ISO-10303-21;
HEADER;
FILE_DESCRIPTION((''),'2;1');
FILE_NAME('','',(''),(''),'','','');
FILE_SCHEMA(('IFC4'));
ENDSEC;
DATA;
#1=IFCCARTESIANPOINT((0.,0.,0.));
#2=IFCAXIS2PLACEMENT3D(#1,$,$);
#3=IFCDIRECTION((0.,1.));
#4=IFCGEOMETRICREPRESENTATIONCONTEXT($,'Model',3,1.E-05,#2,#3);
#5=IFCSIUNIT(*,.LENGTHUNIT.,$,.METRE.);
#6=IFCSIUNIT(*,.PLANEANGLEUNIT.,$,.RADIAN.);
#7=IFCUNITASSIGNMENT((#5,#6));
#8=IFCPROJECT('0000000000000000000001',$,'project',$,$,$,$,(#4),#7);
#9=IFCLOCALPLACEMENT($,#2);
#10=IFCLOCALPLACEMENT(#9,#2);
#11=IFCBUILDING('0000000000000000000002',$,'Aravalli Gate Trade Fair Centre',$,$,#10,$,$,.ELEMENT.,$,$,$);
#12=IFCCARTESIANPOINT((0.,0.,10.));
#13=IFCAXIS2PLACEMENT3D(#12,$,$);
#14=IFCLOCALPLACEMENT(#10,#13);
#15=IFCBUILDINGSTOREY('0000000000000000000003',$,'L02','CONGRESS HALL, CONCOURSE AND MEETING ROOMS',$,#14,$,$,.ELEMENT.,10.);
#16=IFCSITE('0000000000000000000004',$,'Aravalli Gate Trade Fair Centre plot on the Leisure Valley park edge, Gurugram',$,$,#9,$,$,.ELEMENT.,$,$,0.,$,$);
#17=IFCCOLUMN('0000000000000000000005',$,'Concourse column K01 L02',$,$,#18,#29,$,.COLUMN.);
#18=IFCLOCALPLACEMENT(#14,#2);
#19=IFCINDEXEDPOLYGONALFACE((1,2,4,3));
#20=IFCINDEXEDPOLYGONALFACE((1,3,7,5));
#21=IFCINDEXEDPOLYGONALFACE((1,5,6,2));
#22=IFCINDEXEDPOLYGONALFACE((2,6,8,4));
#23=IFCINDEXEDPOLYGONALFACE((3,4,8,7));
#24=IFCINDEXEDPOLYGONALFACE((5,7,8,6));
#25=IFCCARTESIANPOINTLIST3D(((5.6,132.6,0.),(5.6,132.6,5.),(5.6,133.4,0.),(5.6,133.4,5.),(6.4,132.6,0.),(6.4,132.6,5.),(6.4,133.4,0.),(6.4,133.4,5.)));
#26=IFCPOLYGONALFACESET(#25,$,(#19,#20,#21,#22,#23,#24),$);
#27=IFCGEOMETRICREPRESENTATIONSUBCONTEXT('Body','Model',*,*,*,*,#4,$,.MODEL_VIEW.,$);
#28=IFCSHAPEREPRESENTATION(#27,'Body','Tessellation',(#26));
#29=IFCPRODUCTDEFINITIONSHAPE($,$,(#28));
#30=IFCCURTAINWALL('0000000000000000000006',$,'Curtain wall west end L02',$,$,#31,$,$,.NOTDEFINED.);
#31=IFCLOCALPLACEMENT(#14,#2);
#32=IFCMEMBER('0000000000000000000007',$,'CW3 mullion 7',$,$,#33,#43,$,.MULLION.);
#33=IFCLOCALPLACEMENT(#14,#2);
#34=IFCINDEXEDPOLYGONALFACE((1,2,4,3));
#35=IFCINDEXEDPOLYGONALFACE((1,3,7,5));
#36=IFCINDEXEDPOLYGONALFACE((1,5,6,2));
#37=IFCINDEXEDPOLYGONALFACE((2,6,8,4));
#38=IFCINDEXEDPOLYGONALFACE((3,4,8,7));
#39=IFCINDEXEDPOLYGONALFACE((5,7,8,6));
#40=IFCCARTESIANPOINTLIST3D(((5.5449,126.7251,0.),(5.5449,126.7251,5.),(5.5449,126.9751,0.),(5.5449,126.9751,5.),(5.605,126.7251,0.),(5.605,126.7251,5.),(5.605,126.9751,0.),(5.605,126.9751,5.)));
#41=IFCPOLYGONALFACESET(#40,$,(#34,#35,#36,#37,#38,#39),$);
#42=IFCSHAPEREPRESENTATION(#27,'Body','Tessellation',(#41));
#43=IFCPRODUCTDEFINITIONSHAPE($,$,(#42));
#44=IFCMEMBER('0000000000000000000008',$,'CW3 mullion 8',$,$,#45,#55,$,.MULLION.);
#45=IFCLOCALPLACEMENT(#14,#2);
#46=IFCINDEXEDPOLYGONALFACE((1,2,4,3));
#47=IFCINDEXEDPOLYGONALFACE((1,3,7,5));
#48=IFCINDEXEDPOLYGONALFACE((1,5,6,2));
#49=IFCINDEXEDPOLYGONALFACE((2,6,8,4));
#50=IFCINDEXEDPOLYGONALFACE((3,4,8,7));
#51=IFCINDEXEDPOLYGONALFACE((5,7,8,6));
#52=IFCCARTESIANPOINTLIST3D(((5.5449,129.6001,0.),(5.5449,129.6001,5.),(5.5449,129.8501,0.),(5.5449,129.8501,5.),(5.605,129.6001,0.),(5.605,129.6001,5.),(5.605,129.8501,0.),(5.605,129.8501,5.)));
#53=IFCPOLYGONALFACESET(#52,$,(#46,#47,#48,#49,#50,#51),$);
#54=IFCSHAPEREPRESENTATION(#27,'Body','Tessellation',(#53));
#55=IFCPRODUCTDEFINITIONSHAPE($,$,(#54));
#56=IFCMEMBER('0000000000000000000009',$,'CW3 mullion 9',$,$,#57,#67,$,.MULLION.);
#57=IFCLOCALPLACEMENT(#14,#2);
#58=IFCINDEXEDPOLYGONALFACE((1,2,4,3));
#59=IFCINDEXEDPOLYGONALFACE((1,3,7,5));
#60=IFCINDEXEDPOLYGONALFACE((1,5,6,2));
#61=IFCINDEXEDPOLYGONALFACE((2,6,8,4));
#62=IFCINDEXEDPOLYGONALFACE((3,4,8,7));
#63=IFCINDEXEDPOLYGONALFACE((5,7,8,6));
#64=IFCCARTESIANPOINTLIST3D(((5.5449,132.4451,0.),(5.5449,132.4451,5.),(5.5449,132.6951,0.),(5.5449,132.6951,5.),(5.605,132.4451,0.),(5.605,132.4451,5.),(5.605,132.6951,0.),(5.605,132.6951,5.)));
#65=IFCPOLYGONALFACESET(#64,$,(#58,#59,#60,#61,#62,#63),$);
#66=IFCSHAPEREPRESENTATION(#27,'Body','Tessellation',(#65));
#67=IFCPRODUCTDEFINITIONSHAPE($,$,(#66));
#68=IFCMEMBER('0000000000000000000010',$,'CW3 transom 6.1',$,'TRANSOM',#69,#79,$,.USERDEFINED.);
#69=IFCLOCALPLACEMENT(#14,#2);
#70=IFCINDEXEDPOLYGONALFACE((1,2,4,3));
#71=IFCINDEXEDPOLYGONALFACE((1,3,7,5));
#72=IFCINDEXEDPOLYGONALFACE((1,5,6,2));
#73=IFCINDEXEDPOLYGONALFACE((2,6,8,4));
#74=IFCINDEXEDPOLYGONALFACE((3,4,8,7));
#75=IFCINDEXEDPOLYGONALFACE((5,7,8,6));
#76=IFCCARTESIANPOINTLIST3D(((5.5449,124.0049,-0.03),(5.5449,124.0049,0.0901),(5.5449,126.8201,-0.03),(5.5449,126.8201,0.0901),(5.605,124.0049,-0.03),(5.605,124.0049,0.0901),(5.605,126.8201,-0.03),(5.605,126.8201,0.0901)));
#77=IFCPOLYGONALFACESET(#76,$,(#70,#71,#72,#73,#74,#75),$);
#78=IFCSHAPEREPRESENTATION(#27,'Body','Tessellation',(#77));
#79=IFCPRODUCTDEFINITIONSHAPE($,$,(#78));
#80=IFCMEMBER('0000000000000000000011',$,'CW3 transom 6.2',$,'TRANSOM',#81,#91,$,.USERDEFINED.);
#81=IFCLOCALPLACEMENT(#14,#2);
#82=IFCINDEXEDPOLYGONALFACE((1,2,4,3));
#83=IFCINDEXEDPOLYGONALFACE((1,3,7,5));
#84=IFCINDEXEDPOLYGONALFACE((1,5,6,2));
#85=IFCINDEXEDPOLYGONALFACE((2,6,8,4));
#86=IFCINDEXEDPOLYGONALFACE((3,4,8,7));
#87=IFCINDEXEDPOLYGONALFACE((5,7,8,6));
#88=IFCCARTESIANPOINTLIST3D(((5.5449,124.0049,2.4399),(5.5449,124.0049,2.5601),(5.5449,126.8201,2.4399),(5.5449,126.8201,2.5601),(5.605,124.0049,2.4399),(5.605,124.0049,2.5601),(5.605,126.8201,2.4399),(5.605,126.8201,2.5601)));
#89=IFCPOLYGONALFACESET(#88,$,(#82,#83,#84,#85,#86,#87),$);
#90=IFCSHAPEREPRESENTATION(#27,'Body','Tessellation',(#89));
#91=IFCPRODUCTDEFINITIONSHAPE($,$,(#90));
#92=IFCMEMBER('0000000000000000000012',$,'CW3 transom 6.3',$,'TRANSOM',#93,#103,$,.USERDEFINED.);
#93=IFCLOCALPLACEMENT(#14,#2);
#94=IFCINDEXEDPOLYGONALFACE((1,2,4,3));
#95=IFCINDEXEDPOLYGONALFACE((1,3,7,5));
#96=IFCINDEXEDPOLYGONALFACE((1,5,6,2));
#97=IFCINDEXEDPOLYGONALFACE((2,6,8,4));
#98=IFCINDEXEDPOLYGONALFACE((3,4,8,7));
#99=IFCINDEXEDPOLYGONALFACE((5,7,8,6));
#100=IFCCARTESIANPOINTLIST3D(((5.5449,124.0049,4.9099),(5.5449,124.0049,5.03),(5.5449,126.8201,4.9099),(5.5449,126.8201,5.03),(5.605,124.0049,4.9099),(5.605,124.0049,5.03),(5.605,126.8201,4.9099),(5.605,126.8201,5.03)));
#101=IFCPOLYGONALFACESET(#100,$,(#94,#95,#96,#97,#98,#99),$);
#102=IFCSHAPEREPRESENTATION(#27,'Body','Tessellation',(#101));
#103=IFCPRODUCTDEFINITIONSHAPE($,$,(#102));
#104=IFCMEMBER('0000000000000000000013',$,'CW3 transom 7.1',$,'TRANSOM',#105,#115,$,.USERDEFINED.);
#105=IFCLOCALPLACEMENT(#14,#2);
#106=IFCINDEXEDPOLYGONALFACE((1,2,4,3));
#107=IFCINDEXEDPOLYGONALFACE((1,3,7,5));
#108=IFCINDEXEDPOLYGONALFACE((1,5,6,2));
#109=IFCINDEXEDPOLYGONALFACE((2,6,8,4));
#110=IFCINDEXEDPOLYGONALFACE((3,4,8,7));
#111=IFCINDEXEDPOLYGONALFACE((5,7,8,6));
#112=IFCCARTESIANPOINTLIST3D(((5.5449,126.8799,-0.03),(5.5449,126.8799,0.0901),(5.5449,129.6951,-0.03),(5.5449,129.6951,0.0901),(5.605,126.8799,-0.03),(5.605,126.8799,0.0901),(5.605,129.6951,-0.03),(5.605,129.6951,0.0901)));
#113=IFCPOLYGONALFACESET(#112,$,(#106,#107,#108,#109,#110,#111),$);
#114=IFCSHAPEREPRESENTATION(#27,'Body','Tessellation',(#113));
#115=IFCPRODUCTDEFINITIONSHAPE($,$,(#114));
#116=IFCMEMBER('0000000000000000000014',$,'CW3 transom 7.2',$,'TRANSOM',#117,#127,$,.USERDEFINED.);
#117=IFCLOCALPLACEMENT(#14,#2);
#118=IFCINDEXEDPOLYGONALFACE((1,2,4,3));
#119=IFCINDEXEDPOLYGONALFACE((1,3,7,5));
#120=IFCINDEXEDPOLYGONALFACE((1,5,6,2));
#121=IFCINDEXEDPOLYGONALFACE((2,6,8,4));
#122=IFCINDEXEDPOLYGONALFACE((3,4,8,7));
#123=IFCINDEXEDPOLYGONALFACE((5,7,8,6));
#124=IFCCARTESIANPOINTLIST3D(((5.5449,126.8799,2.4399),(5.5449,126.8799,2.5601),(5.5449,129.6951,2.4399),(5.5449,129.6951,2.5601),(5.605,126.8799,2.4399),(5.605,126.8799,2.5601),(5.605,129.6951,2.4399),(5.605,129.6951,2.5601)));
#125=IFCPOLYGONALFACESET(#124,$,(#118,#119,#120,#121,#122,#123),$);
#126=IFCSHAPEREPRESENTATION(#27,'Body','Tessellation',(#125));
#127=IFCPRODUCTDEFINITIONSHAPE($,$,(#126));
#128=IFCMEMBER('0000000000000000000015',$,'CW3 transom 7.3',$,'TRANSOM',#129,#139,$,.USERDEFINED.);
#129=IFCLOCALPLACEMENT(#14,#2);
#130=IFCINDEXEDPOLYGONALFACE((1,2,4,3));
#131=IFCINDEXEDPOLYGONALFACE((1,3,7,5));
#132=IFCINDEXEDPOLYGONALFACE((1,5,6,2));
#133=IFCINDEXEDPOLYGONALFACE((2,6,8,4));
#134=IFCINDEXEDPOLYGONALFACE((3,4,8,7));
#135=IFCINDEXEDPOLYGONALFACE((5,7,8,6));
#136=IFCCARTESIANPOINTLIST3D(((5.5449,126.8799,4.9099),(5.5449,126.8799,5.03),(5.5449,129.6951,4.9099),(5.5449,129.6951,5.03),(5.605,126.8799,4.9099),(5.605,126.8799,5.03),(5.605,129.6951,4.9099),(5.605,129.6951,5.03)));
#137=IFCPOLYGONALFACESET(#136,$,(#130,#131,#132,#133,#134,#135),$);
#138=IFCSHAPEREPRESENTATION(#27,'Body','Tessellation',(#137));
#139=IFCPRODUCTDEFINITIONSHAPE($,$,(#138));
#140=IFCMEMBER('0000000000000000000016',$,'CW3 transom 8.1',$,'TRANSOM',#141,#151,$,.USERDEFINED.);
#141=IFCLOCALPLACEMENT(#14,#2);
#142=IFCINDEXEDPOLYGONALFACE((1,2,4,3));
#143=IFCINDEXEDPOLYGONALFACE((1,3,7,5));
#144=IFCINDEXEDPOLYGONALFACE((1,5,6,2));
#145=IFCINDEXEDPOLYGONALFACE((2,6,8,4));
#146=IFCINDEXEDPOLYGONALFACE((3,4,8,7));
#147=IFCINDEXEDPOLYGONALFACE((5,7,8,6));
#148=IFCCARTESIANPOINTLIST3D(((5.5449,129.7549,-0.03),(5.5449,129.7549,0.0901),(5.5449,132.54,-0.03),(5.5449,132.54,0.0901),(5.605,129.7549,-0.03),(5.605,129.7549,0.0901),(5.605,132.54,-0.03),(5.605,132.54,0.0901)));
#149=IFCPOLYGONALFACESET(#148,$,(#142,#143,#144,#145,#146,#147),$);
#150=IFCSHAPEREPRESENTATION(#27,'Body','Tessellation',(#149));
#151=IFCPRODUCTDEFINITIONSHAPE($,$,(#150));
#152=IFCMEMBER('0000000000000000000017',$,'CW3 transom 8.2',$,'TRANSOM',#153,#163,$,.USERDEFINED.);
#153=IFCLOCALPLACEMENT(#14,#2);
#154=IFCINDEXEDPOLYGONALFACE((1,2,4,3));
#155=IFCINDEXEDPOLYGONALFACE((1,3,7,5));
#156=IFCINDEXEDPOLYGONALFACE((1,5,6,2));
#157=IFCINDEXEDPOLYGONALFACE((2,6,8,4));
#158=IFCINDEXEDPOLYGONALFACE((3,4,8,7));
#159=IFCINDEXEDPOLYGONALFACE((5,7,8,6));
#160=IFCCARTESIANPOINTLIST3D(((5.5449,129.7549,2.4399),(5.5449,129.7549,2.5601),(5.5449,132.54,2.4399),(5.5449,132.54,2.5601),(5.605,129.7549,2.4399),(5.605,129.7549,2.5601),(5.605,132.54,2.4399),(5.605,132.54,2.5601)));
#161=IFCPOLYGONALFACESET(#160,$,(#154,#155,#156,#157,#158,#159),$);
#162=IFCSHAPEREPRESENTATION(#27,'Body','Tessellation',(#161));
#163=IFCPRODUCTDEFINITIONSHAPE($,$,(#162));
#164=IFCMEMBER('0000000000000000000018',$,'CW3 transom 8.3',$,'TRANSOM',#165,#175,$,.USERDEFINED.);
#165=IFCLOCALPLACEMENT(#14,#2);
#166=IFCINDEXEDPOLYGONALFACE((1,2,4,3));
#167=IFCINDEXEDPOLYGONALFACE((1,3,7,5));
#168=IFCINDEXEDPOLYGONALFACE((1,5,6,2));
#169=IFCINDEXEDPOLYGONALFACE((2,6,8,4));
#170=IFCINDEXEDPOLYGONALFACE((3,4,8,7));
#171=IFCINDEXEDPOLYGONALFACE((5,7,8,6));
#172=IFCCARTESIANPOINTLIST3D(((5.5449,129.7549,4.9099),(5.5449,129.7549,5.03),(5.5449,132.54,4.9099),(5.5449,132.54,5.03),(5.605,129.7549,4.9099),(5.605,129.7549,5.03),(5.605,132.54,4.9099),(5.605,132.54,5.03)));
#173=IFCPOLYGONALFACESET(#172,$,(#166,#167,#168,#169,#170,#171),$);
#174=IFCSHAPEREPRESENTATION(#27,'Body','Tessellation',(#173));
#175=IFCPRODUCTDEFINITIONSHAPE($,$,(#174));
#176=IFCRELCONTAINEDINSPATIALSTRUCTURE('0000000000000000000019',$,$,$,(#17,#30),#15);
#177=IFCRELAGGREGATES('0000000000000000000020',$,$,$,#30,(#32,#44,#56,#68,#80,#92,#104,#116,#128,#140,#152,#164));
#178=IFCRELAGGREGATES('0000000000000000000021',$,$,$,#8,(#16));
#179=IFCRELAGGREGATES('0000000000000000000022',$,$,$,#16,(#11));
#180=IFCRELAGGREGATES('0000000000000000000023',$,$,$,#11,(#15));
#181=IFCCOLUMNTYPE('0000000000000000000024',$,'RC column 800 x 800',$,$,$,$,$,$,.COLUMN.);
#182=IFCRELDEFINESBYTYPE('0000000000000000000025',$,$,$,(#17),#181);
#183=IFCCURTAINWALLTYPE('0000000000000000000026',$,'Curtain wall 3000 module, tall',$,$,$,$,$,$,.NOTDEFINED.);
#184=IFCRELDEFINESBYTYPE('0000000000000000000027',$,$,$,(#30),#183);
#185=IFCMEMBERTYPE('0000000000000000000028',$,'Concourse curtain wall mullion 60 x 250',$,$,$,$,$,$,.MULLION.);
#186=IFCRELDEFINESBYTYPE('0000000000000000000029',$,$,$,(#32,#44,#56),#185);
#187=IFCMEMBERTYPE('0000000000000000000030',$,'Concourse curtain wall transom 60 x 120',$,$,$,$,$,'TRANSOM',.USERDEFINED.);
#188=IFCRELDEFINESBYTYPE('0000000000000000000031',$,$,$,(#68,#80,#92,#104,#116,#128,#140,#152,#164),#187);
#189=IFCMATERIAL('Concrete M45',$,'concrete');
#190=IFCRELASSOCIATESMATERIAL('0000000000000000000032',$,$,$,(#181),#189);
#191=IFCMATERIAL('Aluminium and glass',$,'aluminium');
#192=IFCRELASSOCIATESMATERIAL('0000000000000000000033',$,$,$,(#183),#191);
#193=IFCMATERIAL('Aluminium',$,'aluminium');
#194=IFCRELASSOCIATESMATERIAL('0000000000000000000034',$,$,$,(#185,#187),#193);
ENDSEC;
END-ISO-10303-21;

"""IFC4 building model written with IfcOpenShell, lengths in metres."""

from ifc_helpers import new_model, si_unit, direction, frame, origin, origin_2d, place, context, subcontext, project, spatial, rectangle, extrude, material, material_profile, profile_set, type_object, element, aggregate, save


model = new_model("IFC4")

# Units and contexts
model_context = context("Model", 3, precision=1e-05, world=origin(), true_north=direction((0.0, 1.0)))
body_context = subcontext(model_context, "Body", "Model", "MODEL_VIEW")
ifc_project = project(units=[si_unit("LENGTHUNIT", "METRE"), si_unit("PLANEANGLEUNIT", "RADIAN")], contexts=[model_context])

# Site, building, storey
site_placement = place(None, origin())
site = spatial("IfcSite", under=ifc_project, at=site_placement, Name="Aravalli Gate Trade Fair Centre plot on the Leisure Valley park edge, Gurugram", CompositionType="ELEMENT", RefElevation=0.0)
building_placement = place(site_placement, origin())
building = spatial("IfcBuilding", under=site, at=building_placement, Name="Aravalli Gate Trade Fair Centre", CompositionType="ELEMENT")
storey_placement = place(building_placement, frame((0.0, 0.0, 10.0)))
storey = spatial("IfcBuildingStorey", under=building, at=storey_placement, Name="L02", Description="CONGRESS HALL, CONCOURSE AND MEETING ROOMS", CompositionType="ELEMENT", Elevation=10.0)

# Column
ifc_material_1 = material(Name="Concrete M45", Category="concrete")
ifc_material_profile_1 = material_profile(ifc_material_1, rectangle(XDim=0.8, YDim=0.8, at=origin_2d()), Name="RC column 800 x 800")
ifc_profile_set_1 = profile_set([ifc_material_profile_1], Name="Concrete M45")
column_type = type_object("IfcColumnType", Name="RC column 800 x 800", PredefinedType="COLUMN", material=ifc_profile_set_1)
column_placement = place(storey_placement, frame((6.0, 133.0, 0.0), z_axis=(0.0, 0.0, 1.0), x_axis=(1.0, 0.0, 0.0)))
element("IfcColumn", 1, at=column_placement, inside=storey, type_object=column_type, Name="Concourse column K01 L02", PredefinedType="COLUMN", context=body_context, shape_type="SweptSolid", body=[
    extrude(rectangle(XDim=0.8, YDim=0.8, at=origin_2d()), origin(), (0.0, 0.0, 1.0), 5.0),
])

# Curtain wall, members
ifc_material_2 = material(Name="Aluminium and glass", Category="aluminium")
curtain_wall_type = type_object("IfcCurtainWallType", Name="Curtain wall 3000 module, tall", PredefinedType="NOTDEFINED", material=ifc_material_2)
curtain_wall_placement = place(storey_placement, origin())
curtain_wall = element("IfcCurtainWall", 2, at=curtain_wall_placement, inside=storey, type_object=curtain_wall_type, Name="Curtain wall west end L02", PredefinedType="NOTDEFINED")
ifc_material_3 = material(Name="Aluminium", Category="aluminium")
ifc_material_profile_2 = material_profile(ifc_material_3, rectangle(XDim=0.0601, YDim=0.25, at=origin_2d()), Name="Concourse curtain wall mullion 60 x 250")
ifc_profile_set_2 = profile_set([ifc_material_profile_2], Name="Aluminium")
member_type_1 = type_object("IfcMemberType", Name="Concourse curtain wall mullion 60 x 250", PredefinedType="MULLION", material=ifc_profile_set_2)
member_1_placement = place(storey_placement, frame((5.575, 126.8501, 0.0), z_axis=(0.0, 0.0, 1.0), x_axis=(-1.0, 0.0, 0.0)))
member_1 = element("IfcMember", 3, at=member_1_placement, type_object=member_type_1, Name="CW3 mullion 7", PredefinedType="MULLION", context=body_context, shape_type="SweptSolid", body=[
    extrude(rectangle(XDim=0.0601, YDim=0.25, at=origin_2d()), origin(), (0.0, 0.0, 1.0), 5.0),
])
member_2_placement = place(storey_placement, frame((5.575, 129.7251, 0.0), z_axis=(0.0, 0.0, 1.0), x_axis=(-1.0, 0.0, 0.0)))
member_2 = element("IfcMember", 4, at=member_2_placement, type_object=member_type_1, Name="CW3 mullion 8", PredefinedType="MULLION", context=body_context, shape_type="SweptSolid", body=[
    extrude(rectangle(XDim=0.0601, YDim=0.25, at=origin_2d()), origin(), (0.0, 0.0, 1.0), 5.0),
])
member_3_placement = place(storey_placement, frame((5.575, 132.5701, 0.0), z_axis=(0.0, 0.0, 1.0), x_axis=(-1.0, 0.0, 0.0)))
member_3 = element("IfcMember", 5, at=member_3_placement, type_object=member_type_1, Name="CW3 mullion 9", PredefinedType="MULLION", context=body_context, shape_type="SweptSolid", body=[
    extrude(rectangle(XDim=0.0601, YDim=0.25, at=origin_2d()), origin(), (0.0, 0.0, 1.0), 5.0),
])
ifc_material_profile_3 = material_profile(ifc_material_3, rectangle(XDim=0.0601, YDim=0.1201, at=origin_2d()), Name="Concourse curtain wall transom 60 x 120")
ifc_profile_set_3 = profile_set([ifc_material_profile_3], Name="Aluminium")
member_type_2 = type_object("IfcMemberType", Name="Concourse curtain wall transom 60 x 120", ElementType="TRANSOM", PredefinedType="USERDEFINED", material=ifc_profile_set_3)
member_4_placement = place(storey_placement, frame((5.575, 124.0049, 0.03), z_axis=(0.0, 1.0, 0.0), x_axis=(-1.0, 0.0, 0.0)))
member_4 = element("IfcMember", 6, at=member_4_placement, type_object=member_type_2, Name="CW3 transom 6.1", ObjectType="TRANSOM", PredefinedType="USERDEFINED", context=body_context, shape_type="SweptSolid", body=[
    extrude(rectangle(XDim=0.0601, YDim=0.1201, at=origin_2d()), origin(), (0.0, 0.0, 1.0), 2.8152),
])
member_5_placement = place(storey_placement, frame((5.575, 124.0049, 2.5), z_axis=(0.0, 1.0, 0.0), x_axis=(-1.0, 0.0, 0.0)))
member_5 = element("IfcMember", 7, at=member_5_placement, type_object=member_type_2, Name="CW3 transom 6.2", ObjectType="TRANSOM", PredefinedType="USERDEFINED", context=body_context, shape_type="SweptSolid", body=[
    extrude(rectangle(XDim=0.0601, YDim=0.1201, at=origin_2d()), origin(), (0.0, 0.0, 1.0), 2.8152),
])
member_6_placement = place(storey_placement, frame((5.575, 124.0049, 4.97), z_axis=(0.0, 1.0, 0.0), x_axis=(-1.0, 0.0, 0.0)))
member_6 = element("IfcMember", 8, at=member_6_placement, type_object=member_type_2, Name="CW3 transom 6.3", ObjectType="TRANSOM", PredefinedType="USERDEFINED", context=body_context, shape_type="SweptSolid", body=[
    extrude(rectangle(XDim=0.0601, YDim=0.1201, at=origin_2d()), origin(), (0.0, 0.0, 1.0), 2.8152),
])
member_7_placement = place(storey_placement, frame((5.575, 126.8799, 0.03), z_axis=(0.0, 1.0, 0.0), x_axis=(-1.0, 0.0, 0.0)))
member_7 = element("IfcMember", 9, at=member_7_placement, type_object=member_type_2, Name="CW3 transom 7.1", ObjectType="TRANSOM", PredefinedType="USERDEFINED", context=body_context, shape_type="SweptSolid", body=[
    extrude(rectangle(XDim=0.0601, YDim=0.1201, at=origin_2d()), origin(), (0.0, 0.0, 1.0), 2.8152),
])
member_8_placement = place(storey_placement, frame((5.575, 126.8799, 2.5), z_axis=(0.0, 1.0, 0.0), x_axis=(-1.0, 0.0, 0.0)))
member_8 = element("IfcMember", 10, at=member_8_placement, type_object=member_type_2, Name="CW3 transom 7.2", ObjectType="TRANSOM", PredefinedType="USERDEFINED", context=body_context, shape_type="SweptSolid", body=[
    extrude(rectangle(XDim=0.0601, YDim=0.1201, at=origin_2d()), origin(), (0.0, 0.0, 1.0), 2.8152),
])
member_9_placement = place(storey_placement, frame((5.575, 126.8799, 4.97), z_axis=(0.0, 1.0, 0.0), x_axis=(-1.0, 0.0, 0.0)))
member_9 = element("IfcMember", 11, at=member_9_placement, type_object=member_type_2, Name="CW3 transom 7.3", ObjectType="TRANSOM", PredefinedType="USERDEFINED", context=body_context, shape_type="SweptSolid", body=[
    extrude(rectangle(XDim=0.0601, YDim=0.1201, at=origin_2d()), origin(), (0.0, 0.0, 1.0), 2.8152),
])
member_10_placement = place(storey_placement, frame((5.575, 129.7549, 0.03), z_axis=(0.0, 1.0, 0.0), x_axis=(-1.0, 0.0, 0.0)))
member_10 = element("IfcMember", 12, at=member_10_placement, type_object=member_type_2, Name="CW3 transom 8.1", ObjectType="TRANSOM", PredefinedType="USERDEFINED", context=body_context, shape_type="SweptSolid", body=[
    extrude(rectangle(XDim=0.0601, YDim=0.1201, at=origin_2d()), origin(), (0.0, 0.0, 1.0), 2.7852),
])
member_11_placement = place(storey_placement, frame((5.575, 129.7549, 2.5), z_axis=(0.0, 1.0, 0.0), x_axis=(-1.0, 0.0, 0.0)))
member_11 = element("IfcMember", 13, at=member_11_placement, type_object=member_type_2, Name="CW3 transom 8.2", ObjectType="TRANSOM", PredefinedType="USERDEFINED", context=body_context, shape_type="SweptSolid", body=[
    extrude(rectangle(XDim=0.0601, YDim=0.1201, at=origin_2d()), origin(), (0.0, 0.0, 1.0), 2.7852),
])
member_12_placement = place(storey_placement, frame((5.575, 129.7549, 4.97), z_axis=(0.0, 1.0, 0.0), x_axis=(-1.0, 0.0, 0.0)))
member_12 = element("IfcMember", 14, at=member_12_placement, type_object=member_type_2, Name="CW3 transom 8.3", ObjectType="TRANSOM", PredefinedType="USERDEFINED", context=body_context, shape_type="SweptSolid", body=[
    extrude(rectangle(XDim=0.0601, YDim=0.1201, at=origin_2d()), origin(), (0.0, 0.0, 1.0), 2.7852),
])

aggregate(curtain_wall, [member_1, member_2, member_3, member_4, member_5, member_6, member_7, member_8, member_9, member_10, member_11, member_12])

save(model, "model.ifc")
